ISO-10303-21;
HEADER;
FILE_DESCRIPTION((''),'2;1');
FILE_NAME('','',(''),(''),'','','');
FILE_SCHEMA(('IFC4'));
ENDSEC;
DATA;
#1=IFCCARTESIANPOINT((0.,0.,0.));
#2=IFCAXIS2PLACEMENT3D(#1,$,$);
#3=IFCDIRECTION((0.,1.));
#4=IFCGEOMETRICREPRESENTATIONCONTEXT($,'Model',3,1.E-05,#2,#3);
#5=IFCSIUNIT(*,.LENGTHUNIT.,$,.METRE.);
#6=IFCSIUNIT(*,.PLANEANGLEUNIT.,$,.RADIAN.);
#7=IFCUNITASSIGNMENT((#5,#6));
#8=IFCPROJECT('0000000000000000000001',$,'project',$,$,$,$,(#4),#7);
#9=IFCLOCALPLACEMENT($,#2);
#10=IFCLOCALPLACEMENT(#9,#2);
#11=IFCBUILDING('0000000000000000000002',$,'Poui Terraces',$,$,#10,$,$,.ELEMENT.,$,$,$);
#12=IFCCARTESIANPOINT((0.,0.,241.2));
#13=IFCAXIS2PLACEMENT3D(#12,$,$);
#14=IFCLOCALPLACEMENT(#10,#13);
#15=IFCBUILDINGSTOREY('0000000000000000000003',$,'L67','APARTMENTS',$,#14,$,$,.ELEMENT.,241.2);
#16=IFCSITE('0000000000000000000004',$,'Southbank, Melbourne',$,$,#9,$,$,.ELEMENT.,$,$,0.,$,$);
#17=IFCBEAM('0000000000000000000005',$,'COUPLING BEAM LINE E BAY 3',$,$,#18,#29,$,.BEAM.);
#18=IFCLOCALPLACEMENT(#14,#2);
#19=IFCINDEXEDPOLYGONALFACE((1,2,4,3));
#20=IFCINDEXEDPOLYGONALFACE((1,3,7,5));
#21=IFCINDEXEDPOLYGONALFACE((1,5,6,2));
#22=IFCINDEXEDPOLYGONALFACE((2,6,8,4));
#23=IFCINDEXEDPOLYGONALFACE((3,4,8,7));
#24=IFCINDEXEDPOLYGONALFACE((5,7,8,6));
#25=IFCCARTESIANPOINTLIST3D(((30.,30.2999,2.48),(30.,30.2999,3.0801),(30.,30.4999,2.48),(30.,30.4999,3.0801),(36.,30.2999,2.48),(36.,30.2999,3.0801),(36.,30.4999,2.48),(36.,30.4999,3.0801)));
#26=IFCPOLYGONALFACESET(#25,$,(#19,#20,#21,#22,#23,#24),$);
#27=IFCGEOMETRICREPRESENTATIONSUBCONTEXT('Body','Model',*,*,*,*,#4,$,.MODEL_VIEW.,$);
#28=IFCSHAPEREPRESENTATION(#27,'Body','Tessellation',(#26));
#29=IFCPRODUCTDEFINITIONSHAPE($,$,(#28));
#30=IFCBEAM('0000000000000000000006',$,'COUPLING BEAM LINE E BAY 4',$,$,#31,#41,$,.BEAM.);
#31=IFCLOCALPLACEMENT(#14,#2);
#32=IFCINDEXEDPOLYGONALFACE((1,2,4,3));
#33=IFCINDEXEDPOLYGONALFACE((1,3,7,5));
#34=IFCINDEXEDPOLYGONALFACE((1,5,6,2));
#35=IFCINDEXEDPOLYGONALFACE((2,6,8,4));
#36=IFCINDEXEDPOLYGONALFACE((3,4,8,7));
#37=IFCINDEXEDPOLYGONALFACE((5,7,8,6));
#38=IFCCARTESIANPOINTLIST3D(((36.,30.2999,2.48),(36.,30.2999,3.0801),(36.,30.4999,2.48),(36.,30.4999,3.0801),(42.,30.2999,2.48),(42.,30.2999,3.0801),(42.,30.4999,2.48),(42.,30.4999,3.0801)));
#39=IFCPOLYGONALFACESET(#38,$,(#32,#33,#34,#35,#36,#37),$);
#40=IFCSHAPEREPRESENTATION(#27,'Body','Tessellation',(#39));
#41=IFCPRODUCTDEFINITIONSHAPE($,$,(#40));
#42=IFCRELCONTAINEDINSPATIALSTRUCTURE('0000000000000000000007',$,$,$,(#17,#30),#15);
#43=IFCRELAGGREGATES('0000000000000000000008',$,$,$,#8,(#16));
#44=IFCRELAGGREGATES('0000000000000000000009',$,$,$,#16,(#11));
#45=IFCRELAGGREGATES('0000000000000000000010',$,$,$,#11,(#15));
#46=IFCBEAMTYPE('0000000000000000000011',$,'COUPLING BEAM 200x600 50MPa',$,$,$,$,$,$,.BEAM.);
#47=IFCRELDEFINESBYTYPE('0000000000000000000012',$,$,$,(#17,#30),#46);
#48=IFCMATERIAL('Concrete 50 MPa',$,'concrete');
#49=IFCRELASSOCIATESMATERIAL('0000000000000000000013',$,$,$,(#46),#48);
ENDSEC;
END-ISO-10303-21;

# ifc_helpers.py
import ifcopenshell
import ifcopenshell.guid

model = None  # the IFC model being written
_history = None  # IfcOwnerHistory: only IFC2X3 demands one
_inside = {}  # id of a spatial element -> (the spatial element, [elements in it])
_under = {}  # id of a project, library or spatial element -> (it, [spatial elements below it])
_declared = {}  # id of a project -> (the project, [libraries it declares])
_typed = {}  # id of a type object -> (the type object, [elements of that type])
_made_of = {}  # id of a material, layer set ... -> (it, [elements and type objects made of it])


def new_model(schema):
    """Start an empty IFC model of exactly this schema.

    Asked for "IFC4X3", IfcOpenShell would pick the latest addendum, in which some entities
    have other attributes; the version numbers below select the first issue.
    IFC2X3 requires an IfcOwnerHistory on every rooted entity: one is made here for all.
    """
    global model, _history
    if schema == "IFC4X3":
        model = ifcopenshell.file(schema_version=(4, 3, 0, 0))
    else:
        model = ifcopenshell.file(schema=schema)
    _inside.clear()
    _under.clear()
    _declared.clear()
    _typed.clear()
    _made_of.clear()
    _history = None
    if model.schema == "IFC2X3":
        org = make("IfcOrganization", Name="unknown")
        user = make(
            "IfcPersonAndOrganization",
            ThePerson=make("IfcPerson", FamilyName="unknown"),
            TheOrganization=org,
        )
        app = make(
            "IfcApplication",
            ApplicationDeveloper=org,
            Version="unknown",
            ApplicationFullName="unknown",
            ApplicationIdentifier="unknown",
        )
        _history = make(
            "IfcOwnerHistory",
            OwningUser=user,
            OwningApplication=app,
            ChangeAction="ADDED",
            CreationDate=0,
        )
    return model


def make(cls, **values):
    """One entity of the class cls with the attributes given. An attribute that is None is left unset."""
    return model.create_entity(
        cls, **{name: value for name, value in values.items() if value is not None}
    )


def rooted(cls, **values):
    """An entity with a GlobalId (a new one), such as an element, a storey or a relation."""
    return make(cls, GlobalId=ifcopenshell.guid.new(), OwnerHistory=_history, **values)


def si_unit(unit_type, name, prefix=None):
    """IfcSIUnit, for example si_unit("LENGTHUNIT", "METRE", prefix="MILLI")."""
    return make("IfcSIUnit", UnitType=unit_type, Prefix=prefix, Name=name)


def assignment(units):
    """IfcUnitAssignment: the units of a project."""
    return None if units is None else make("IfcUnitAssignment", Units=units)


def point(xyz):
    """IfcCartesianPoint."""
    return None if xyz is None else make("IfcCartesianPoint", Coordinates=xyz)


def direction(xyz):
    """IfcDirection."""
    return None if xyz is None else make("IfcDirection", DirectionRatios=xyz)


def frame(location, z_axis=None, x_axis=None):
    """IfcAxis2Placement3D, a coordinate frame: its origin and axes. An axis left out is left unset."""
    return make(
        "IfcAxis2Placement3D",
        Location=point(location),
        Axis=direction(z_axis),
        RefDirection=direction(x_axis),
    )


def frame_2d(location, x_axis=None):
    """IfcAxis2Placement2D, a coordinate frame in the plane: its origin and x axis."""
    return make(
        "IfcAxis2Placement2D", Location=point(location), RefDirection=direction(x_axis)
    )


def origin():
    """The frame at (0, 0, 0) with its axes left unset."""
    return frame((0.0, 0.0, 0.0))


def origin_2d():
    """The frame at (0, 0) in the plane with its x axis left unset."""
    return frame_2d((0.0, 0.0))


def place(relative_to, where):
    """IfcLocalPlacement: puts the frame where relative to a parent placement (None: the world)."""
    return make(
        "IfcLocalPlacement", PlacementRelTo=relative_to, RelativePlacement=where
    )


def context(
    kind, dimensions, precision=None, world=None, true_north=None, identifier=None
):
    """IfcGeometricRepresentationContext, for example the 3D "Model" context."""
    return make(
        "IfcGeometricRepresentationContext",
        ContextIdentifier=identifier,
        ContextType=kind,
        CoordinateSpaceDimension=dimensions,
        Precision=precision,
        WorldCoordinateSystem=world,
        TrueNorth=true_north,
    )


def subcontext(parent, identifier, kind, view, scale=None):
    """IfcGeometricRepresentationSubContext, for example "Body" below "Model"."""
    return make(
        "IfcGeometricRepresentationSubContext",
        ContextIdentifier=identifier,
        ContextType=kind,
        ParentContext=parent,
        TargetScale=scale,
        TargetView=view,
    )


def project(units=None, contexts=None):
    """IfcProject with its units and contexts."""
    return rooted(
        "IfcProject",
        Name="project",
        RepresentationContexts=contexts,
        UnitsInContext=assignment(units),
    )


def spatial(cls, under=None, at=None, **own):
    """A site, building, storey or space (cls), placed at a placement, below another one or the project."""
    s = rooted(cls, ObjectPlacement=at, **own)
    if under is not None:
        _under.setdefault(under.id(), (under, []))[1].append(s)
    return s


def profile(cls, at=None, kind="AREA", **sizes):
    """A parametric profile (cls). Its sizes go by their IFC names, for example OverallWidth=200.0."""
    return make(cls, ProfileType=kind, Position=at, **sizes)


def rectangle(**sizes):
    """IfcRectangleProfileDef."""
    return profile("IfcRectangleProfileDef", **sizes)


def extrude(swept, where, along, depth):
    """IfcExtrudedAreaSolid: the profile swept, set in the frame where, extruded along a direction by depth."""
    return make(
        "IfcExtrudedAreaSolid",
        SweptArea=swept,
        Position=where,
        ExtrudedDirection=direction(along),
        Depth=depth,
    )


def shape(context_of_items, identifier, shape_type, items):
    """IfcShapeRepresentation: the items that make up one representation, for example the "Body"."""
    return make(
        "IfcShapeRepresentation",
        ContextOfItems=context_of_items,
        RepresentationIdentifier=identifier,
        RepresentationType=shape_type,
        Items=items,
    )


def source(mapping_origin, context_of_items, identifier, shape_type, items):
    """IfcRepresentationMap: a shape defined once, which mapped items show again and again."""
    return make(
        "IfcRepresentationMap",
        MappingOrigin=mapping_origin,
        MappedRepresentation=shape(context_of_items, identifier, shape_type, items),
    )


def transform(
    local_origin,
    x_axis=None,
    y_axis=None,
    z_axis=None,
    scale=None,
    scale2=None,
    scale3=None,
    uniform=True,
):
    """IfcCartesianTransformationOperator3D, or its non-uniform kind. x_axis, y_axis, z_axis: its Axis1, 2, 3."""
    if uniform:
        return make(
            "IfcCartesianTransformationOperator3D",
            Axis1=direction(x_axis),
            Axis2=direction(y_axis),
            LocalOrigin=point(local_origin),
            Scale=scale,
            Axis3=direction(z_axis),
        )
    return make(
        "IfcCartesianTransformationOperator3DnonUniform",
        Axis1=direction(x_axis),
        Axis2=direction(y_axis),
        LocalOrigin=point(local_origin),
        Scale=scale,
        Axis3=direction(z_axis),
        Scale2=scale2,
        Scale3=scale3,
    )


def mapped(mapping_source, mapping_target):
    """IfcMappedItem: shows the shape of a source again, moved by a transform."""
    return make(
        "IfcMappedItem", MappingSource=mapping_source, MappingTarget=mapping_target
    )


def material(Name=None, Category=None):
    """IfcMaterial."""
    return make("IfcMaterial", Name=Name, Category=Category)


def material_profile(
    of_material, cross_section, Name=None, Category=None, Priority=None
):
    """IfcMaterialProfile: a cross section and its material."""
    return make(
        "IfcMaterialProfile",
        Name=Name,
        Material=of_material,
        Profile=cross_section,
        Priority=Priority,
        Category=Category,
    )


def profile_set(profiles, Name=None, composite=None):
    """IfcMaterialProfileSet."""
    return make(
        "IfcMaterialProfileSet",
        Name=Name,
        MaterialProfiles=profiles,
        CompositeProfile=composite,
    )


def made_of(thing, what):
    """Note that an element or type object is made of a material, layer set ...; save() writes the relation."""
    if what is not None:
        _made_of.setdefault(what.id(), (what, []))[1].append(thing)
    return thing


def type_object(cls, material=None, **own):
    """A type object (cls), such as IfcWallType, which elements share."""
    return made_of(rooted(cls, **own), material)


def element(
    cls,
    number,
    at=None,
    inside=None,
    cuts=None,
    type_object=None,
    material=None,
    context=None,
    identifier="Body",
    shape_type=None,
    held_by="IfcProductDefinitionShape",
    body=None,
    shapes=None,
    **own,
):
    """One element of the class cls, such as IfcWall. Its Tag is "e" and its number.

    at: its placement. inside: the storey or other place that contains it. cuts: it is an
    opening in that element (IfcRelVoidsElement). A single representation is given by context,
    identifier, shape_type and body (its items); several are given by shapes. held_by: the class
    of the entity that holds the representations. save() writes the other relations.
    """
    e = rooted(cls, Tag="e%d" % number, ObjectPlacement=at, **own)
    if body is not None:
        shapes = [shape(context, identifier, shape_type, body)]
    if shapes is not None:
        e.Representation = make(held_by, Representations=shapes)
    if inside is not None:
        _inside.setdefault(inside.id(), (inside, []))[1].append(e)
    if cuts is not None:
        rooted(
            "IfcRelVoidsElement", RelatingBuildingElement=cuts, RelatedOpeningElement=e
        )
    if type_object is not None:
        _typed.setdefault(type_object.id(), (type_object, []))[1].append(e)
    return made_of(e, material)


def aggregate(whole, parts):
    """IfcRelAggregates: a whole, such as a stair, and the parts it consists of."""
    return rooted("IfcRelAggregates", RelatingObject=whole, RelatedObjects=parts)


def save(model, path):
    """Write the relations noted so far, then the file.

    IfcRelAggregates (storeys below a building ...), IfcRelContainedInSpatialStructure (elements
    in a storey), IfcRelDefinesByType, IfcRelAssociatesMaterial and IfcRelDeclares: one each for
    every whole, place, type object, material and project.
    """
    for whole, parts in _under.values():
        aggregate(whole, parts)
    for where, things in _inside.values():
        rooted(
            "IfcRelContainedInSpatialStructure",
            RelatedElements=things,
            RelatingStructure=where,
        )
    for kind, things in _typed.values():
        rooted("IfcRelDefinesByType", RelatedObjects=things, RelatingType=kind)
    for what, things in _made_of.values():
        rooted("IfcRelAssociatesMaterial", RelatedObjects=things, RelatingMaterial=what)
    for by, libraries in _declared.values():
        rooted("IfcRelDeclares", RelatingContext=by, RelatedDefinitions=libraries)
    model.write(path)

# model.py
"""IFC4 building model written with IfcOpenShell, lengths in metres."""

from ifc_helpers import new_model, si_unit, direction, frame, origin, origin_2d, place, context, subcontext, project, spatial, rectangle, extrude, source, transform, mapped, material, material_profile, profile_set, type_object, element, save


model = new_model("IFC4")

# Units and contexts
model_context = context("Model", 3, precision=1e-05, world=origin(), true_north=direction((0.0, 1.0)))
body_context = subcontext(model_context, "Body", "Model", "MODEL_VIEW")
ifc_project = project(units=[si_unit("LENGTHUNIT", "METRE"), si_unit("PLANEANGLEUNIT", "RADIAN")], contexts=[model_context])

# Site, building, storey
site_placement = place(None, origin())
site = spatial("IfcSite", under=ifc_project, at=site_placement, Name="Southbank, Melbourne", CompositionType="ELEMENT", RefElevation=0.0)
building_placement = place(site_placement, origin())
building = spatial("IfcBuilding", under=site, at=building_placement, Name="Poui Terraces", CompositionType="ELEMENT")
storey_placement = place(building_placement, frame((0.0, 0.0, 241.2)))
storey = spatial("IfcBuildingStorey", under=building, at=storey_placement, Name="L67", Description="APARTMENTS", CompositionType="ELEMENT", Elevation=241.2)

# Beams
ifc_material_1 = material(Name="Concrete 50 MPa", Category="concrete")
ifc_material_profile = material_profile(ifc_material_1, rectangle(XDim=0.2, YDim=0.6001, at=origin_2d()), Name="RC 200x600")
ifc_profile_set = profile_set([ifc_material_profile], Name="Concrete 50 MPa")
beam_type = type_object("IfcBeamType", Name="COUPLING BEAM 200x600 50MPa", PredefinedType="BEAM", material=ifc_profile_set)
shared_shape = source(origin(), body_context, "Body", "SweptSolid", [
    extrude(rectangle(XDim=0.2, YDim=0.6001, at=origin_2d()), origin(), (0.0, 0.0, 1.0), 6.0),
])
for number, where, z_axis, x_axis, name in (
    (1, (30.0, 30.3999, 2.78), (1.0, 0.0, 0.0), (0.0, 1.0, 0.0), "COUPLING BEAM LINE E BAY 3"),
    (2, (36.0, 30.3999, 2.78), (1.0, 0.0, 0.0), (0.0, 1.0, 0.0), "COUPLING BEAM LINE E BAY 4"),
):
    element("IfcBeam", number, at=place(storey_placement, frame(where, z_axis=z_axis, x_axis=x_axis)), inside=storey, type_object=beam_type, Name=name, PredefinedType="BEAM", context=body_context, shape_type="MappedRepresentation", body=[
        mapped(shared_shape, transform((0.0, 0.0, 0.0))),
    ])

save(model, "model.ifc")
